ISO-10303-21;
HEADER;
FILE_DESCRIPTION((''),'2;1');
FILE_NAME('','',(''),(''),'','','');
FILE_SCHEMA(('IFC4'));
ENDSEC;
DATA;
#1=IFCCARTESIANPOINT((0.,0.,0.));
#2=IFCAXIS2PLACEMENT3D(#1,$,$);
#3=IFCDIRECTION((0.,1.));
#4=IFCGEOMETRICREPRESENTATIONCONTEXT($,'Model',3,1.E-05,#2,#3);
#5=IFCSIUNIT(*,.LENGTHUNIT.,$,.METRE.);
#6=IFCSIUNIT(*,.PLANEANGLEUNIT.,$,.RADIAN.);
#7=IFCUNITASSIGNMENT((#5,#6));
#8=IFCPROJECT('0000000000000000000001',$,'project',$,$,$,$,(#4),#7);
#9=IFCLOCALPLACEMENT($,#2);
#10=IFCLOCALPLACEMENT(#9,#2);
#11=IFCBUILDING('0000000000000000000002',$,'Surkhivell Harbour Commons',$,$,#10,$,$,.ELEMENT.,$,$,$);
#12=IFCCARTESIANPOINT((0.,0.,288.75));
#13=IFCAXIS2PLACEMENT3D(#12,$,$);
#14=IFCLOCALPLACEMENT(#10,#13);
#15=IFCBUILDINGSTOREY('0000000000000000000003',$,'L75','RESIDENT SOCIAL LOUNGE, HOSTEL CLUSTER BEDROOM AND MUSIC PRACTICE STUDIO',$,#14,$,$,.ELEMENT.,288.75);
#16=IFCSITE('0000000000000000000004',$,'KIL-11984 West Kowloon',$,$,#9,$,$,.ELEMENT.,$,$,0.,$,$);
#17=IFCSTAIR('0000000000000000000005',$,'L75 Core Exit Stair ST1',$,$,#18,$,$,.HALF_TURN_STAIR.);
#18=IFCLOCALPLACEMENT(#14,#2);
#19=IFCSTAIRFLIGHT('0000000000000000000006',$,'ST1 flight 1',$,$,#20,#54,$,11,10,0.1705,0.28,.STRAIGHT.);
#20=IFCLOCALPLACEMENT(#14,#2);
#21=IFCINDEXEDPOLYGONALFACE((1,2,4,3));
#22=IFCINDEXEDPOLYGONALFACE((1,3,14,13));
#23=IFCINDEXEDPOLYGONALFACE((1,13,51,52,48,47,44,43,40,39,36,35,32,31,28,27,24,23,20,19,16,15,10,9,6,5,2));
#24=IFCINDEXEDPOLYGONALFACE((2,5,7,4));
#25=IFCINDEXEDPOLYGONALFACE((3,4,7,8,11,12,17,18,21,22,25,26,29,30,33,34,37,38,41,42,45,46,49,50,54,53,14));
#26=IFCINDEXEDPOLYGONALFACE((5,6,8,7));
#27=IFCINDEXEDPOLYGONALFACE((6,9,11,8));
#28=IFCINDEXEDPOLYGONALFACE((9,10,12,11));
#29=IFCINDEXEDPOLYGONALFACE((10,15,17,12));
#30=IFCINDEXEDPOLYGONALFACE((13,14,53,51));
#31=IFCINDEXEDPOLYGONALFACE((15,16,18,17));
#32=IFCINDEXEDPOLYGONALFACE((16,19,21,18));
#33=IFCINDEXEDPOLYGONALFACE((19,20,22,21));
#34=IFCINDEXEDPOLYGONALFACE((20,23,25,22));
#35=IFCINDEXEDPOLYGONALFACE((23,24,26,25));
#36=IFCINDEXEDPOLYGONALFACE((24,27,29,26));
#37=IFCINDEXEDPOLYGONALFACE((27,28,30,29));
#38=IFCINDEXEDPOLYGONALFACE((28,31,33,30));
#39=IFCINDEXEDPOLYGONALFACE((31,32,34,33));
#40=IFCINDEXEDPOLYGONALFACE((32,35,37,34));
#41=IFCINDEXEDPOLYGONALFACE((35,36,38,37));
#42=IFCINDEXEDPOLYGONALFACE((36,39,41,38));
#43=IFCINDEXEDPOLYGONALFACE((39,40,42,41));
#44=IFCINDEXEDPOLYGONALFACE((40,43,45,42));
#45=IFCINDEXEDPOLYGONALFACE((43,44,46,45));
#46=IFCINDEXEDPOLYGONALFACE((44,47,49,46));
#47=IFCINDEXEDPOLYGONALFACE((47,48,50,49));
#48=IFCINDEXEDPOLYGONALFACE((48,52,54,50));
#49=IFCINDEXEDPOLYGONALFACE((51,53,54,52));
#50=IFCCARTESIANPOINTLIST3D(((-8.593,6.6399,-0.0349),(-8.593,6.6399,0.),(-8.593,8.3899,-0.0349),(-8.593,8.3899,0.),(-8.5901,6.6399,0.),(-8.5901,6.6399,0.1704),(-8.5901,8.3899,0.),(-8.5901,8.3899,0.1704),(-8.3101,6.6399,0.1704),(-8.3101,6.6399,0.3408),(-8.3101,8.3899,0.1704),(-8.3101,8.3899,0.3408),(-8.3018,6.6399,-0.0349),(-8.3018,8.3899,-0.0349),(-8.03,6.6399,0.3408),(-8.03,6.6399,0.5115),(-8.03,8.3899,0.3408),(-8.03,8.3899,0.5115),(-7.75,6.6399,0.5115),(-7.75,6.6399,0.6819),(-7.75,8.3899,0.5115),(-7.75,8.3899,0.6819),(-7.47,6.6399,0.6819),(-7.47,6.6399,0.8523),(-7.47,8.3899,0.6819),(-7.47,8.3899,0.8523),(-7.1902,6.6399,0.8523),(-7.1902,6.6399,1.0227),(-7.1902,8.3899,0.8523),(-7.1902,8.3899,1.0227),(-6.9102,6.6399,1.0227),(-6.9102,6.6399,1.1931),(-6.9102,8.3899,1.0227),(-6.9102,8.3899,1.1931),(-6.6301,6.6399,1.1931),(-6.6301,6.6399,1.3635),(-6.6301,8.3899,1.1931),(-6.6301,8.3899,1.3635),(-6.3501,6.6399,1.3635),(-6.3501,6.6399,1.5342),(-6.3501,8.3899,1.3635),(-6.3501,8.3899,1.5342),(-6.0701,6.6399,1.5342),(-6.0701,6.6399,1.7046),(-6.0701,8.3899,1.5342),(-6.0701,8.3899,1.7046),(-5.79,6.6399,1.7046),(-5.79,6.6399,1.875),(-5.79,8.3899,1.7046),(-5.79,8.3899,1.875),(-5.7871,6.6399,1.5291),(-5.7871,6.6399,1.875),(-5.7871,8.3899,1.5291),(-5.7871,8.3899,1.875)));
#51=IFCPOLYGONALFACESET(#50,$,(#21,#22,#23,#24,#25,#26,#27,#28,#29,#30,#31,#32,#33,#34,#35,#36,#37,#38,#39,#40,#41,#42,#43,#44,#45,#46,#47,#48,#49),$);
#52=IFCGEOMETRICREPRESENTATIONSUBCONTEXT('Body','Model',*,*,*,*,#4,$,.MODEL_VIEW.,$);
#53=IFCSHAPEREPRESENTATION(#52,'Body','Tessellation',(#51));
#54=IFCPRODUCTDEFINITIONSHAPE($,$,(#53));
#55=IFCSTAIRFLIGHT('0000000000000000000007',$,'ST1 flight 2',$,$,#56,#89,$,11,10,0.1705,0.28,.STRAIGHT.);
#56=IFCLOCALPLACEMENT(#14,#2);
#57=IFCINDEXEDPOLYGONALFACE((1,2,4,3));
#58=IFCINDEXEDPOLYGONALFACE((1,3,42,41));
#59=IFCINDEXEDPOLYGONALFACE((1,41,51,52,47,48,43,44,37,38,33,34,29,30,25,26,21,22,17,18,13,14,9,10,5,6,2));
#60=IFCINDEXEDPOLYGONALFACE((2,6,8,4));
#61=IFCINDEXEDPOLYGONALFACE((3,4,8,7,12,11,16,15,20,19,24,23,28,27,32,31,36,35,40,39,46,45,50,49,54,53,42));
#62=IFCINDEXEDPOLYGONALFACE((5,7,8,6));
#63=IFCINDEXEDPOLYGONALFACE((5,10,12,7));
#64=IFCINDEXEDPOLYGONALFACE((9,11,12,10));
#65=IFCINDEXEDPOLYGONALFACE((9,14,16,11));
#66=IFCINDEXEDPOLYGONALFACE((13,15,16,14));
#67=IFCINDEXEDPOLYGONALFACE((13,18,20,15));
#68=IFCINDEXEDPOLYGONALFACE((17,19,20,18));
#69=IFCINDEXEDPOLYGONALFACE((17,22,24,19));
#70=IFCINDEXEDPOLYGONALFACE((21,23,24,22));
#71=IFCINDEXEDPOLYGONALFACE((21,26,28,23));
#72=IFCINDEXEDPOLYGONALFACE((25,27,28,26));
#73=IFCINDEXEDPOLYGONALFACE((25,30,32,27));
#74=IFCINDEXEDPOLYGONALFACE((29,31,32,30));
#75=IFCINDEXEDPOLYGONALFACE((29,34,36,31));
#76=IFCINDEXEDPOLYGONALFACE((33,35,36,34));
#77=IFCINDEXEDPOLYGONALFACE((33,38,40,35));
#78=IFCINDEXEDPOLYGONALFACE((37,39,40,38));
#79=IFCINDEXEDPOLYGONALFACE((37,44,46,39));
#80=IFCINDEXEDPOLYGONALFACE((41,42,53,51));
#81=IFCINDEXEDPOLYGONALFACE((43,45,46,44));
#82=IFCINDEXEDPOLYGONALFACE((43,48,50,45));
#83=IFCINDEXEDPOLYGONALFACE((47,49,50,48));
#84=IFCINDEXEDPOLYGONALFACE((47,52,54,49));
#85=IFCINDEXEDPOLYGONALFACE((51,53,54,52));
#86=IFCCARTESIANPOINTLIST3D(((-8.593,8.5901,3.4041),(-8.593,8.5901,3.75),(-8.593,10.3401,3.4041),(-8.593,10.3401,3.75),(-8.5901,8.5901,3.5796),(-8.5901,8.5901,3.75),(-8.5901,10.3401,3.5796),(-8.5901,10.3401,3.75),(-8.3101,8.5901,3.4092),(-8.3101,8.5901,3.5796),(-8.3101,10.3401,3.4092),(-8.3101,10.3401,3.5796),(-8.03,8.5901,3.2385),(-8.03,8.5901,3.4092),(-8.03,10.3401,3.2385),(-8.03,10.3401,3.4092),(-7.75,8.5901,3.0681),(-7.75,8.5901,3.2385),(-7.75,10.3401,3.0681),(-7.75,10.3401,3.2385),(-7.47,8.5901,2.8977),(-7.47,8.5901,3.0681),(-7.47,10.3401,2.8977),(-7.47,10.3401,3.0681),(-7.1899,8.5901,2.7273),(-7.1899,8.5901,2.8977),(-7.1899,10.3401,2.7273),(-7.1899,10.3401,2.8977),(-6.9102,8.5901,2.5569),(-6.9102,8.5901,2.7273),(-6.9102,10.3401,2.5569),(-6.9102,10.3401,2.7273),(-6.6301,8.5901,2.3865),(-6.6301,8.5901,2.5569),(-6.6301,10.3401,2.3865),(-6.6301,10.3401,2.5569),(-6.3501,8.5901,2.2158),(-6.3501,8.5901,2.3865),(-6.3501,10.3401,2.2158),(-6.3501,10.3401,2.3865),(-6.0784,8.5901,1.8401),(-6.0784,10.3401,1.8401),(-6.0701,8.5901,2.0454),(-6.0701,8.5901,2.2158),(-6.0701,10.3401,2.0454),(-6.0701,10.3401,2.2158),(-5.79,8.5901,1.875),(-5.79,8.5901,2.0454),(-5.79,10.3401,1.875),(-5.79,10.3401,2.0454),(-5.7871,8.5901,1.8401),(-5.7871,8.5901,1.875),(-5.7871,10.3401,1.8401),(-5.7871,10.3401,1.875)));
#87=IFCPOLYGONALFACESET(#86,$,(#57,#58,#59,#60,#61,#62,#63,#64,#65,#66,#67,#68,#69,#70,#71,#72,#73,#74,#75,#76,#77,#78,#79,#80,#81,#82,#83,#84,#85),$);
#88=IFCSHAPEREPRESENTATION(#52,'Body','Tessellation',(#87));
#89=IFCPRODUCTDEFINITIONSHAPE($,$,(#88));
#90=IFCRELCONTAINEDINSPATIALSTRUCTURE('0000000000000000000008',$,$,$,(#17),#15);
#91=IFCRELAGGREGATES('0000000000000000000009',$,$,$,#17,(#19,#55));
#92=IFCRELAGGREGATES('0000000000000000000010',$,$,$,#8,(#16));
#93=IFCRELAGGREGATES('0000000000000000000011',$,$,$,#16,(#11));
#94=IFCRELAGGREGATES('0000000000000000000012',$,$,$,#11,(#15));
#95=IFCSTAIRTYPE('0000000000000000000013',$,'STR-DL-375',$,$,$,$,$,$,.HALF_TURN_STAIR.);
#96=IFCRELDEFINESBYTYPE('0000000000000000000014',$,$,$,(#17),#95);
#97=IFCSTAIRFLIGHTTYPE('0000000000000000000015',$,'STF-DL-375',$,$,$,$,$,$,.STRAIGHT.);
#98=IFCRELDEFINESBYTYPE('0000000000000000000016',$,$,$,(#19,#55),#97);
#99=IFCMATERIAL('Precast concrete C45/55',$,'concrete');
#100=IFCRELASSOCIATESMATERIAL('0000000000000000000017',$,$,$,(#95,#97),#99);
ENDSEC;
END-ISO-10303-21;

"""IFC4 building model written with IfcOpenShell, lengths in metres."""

from ifc_helpers import new_model, si_unit, direction, frame, origin, place, context, subcontext, project, spatial, polyline, outline, extrude, material, type_object, element, aggregate, save


model = new_model("IFC4")

# Units and contexts
model_context = context("Model", 3, precision=1e-05, world=origin(), true_north=direction((0.0, 1.0)))
body_context = subcontext(model_context, "Body", "Model", "MODEL_VIEW")
ifc_project = project(units=[si_unit("LENGTHUNIT", "METRE"), si_unit("PLANEANGLEUNIT", "RADIAN")], contexts=[model_context])

# Site, building, storey
site_placement = place(None, origin())
site = spatial("IfcSite", under=ifc_project, at=site_placement, Name="KIL-11984 West Kowloon", CompositionType="ELEMENT", RefElevation=0.0)
building_placement = place(site_placement, origin())
building = spatial("IfcBuilding", under=site, at=building_placement, Name="Surkhivell Harbour Commons", CompositionType="ELEMENT")
storey_placement = place(building_placement, frame((0.0, 0.0, 288.75)))
storey = spatial("IfcBuildingStorey", under=building, at=storey_placement, Name="L75", Description="RESIDENT SOCIAL LOUNGE, HOSTEL CLUSTER BEDROOM AND MUSIC PRACTICE STUDIO", CompositionType="ELEMENT", Elevation=288.75)

# Stair, stair flights
ifc_material_1 = material(Name="Precast concrete C45/55", Category="concrete")
stair_type = type_object("IfcStairType", Name="STR-DL-375", PredefinedType="HALF_TURN_STAIR", material=ifc_material_1)
stair_placement = place(storey_placement, origin())
stair = element("IfcStair", 1, at=stair_placement, inside=storey, type_object=stair_type, Name="L75 Core Exit Stair ST1", PredefinedType="HALF_TURN_STAIR")
stair_flight_type = type_object("IfcStairFlightType", Name="STF-DL-375", PredefinedType="STRAIGHT", material=ifc_material_1)
stair_flight_1_placement = place(storey_placement, frame((-8.5901, 7.5149, 0.0), z_axis=(0.0, 0.0, 1.0), x_axis=(1.0, 0.0, 0.0)))
stair_flight_1 = element("IfcStairFlight", 2, at=stair_flight_1_placement, type_object=stair_flight_type, Name="ST1 flight 1", NumberOfRisers=11, NumberOfTreads=10, PredefinedType="STRAIGHT", RiserHeight=0.1705, TreadLength=0.28, context=body_context, shape_type="SweptSolid", body=[
    extrude(outline(polyline([(-0.0029, -0.0349), (-0.0029, 0.0), (0.0, 0.0), (0.0, 0.1704), (0.28, 0.1704), (0.28, 0.3408), (0.5601, 0.3408), (0.5601, 0.5115), (0.8401, 0.5115), (0.8401, 0.6819), (1.1201, 0.6819), (1.1201, 0.8523), (1.3999, 0.8523), (1.3999, 1.0227), (1.6799, 1.0227), (1.6799, 1.1931), (1.96, 1.1931), (1.96, 1.3635), (2.24, 1.3635), (2.24, 1.5342), (2.52, 1.5342), (2.52, 1.7046), (2.8, 1.7046), (2.8, 1.875), (2.803, 1.875), (2.803, 1.5291), (0.2883, -0.0349), (-0.0029, -0.0349)])), frame((0.0, 0.875, 0.0), z_axis=(0.0, -1.0, 0.0), x_axis=(1.0, 0.0, 0.0)), (0.0, 0.0, 1.0), 1.75),
])
stair_flight_2_placement = place(storey_placement, frame((-5.79, 9.4651, 1.875), z_axis=(0.0, 0.0, 1.0), x_axis=(-1.0, 0.0, 0.0)))
stair_flight_2 = element("IfcStairFlight", 3, at=stair_flight_2_placement, type_object=stair_flight_type, Name="ST1 flight 2", NumberOfRisers=11, NumberOfTreads=10, PredefinedType="STRAIGHT", RiserHeight=0.1705, TreadLength=0.28, context=body_context, shape_type="SweptSolid", body=[
    extrude(outline(polyline([(-0.0029, -0.0349), (-0.0029, 0.0), (0.0, 0.0), (0.0, 0.1704), (0.28, 0.1704), (0.28, 0.3408), (0.5601, 0.3408), (0.5601, 0.5115), (0.8401, 0.5115), (0.8401, 0.6819), (1.1201, 0.6819), (1.1201, 0.8523), (1.3999, 0.8523), (1.3999, 1.0227), (1.6799, 1.0227), (1.6799, 1.1931), (1.96, 1.1931), (1.96, 1.3635), (2.24, 1.3635), (2.24, 1.5342), (2.52, 1.5342), (2.52, 1.7046), (2.8, 1.7046), (2.8, 1.875), (2.803, 1.875), (2.803, 1.5291), (0.2883, -0.0349), (-0.0029, -0.0349)])), frame((0.0, 0.875, 0.0), z_axis=(0.0, -1.0, 0.0), x_axis=(1.0, 0.0, 0.0)), (0.0, 0.0, 1.0), 1.75),
])
aggregate(stair, [stair_flight_1, stair_flight_2])

save(model, "model.ifc")
